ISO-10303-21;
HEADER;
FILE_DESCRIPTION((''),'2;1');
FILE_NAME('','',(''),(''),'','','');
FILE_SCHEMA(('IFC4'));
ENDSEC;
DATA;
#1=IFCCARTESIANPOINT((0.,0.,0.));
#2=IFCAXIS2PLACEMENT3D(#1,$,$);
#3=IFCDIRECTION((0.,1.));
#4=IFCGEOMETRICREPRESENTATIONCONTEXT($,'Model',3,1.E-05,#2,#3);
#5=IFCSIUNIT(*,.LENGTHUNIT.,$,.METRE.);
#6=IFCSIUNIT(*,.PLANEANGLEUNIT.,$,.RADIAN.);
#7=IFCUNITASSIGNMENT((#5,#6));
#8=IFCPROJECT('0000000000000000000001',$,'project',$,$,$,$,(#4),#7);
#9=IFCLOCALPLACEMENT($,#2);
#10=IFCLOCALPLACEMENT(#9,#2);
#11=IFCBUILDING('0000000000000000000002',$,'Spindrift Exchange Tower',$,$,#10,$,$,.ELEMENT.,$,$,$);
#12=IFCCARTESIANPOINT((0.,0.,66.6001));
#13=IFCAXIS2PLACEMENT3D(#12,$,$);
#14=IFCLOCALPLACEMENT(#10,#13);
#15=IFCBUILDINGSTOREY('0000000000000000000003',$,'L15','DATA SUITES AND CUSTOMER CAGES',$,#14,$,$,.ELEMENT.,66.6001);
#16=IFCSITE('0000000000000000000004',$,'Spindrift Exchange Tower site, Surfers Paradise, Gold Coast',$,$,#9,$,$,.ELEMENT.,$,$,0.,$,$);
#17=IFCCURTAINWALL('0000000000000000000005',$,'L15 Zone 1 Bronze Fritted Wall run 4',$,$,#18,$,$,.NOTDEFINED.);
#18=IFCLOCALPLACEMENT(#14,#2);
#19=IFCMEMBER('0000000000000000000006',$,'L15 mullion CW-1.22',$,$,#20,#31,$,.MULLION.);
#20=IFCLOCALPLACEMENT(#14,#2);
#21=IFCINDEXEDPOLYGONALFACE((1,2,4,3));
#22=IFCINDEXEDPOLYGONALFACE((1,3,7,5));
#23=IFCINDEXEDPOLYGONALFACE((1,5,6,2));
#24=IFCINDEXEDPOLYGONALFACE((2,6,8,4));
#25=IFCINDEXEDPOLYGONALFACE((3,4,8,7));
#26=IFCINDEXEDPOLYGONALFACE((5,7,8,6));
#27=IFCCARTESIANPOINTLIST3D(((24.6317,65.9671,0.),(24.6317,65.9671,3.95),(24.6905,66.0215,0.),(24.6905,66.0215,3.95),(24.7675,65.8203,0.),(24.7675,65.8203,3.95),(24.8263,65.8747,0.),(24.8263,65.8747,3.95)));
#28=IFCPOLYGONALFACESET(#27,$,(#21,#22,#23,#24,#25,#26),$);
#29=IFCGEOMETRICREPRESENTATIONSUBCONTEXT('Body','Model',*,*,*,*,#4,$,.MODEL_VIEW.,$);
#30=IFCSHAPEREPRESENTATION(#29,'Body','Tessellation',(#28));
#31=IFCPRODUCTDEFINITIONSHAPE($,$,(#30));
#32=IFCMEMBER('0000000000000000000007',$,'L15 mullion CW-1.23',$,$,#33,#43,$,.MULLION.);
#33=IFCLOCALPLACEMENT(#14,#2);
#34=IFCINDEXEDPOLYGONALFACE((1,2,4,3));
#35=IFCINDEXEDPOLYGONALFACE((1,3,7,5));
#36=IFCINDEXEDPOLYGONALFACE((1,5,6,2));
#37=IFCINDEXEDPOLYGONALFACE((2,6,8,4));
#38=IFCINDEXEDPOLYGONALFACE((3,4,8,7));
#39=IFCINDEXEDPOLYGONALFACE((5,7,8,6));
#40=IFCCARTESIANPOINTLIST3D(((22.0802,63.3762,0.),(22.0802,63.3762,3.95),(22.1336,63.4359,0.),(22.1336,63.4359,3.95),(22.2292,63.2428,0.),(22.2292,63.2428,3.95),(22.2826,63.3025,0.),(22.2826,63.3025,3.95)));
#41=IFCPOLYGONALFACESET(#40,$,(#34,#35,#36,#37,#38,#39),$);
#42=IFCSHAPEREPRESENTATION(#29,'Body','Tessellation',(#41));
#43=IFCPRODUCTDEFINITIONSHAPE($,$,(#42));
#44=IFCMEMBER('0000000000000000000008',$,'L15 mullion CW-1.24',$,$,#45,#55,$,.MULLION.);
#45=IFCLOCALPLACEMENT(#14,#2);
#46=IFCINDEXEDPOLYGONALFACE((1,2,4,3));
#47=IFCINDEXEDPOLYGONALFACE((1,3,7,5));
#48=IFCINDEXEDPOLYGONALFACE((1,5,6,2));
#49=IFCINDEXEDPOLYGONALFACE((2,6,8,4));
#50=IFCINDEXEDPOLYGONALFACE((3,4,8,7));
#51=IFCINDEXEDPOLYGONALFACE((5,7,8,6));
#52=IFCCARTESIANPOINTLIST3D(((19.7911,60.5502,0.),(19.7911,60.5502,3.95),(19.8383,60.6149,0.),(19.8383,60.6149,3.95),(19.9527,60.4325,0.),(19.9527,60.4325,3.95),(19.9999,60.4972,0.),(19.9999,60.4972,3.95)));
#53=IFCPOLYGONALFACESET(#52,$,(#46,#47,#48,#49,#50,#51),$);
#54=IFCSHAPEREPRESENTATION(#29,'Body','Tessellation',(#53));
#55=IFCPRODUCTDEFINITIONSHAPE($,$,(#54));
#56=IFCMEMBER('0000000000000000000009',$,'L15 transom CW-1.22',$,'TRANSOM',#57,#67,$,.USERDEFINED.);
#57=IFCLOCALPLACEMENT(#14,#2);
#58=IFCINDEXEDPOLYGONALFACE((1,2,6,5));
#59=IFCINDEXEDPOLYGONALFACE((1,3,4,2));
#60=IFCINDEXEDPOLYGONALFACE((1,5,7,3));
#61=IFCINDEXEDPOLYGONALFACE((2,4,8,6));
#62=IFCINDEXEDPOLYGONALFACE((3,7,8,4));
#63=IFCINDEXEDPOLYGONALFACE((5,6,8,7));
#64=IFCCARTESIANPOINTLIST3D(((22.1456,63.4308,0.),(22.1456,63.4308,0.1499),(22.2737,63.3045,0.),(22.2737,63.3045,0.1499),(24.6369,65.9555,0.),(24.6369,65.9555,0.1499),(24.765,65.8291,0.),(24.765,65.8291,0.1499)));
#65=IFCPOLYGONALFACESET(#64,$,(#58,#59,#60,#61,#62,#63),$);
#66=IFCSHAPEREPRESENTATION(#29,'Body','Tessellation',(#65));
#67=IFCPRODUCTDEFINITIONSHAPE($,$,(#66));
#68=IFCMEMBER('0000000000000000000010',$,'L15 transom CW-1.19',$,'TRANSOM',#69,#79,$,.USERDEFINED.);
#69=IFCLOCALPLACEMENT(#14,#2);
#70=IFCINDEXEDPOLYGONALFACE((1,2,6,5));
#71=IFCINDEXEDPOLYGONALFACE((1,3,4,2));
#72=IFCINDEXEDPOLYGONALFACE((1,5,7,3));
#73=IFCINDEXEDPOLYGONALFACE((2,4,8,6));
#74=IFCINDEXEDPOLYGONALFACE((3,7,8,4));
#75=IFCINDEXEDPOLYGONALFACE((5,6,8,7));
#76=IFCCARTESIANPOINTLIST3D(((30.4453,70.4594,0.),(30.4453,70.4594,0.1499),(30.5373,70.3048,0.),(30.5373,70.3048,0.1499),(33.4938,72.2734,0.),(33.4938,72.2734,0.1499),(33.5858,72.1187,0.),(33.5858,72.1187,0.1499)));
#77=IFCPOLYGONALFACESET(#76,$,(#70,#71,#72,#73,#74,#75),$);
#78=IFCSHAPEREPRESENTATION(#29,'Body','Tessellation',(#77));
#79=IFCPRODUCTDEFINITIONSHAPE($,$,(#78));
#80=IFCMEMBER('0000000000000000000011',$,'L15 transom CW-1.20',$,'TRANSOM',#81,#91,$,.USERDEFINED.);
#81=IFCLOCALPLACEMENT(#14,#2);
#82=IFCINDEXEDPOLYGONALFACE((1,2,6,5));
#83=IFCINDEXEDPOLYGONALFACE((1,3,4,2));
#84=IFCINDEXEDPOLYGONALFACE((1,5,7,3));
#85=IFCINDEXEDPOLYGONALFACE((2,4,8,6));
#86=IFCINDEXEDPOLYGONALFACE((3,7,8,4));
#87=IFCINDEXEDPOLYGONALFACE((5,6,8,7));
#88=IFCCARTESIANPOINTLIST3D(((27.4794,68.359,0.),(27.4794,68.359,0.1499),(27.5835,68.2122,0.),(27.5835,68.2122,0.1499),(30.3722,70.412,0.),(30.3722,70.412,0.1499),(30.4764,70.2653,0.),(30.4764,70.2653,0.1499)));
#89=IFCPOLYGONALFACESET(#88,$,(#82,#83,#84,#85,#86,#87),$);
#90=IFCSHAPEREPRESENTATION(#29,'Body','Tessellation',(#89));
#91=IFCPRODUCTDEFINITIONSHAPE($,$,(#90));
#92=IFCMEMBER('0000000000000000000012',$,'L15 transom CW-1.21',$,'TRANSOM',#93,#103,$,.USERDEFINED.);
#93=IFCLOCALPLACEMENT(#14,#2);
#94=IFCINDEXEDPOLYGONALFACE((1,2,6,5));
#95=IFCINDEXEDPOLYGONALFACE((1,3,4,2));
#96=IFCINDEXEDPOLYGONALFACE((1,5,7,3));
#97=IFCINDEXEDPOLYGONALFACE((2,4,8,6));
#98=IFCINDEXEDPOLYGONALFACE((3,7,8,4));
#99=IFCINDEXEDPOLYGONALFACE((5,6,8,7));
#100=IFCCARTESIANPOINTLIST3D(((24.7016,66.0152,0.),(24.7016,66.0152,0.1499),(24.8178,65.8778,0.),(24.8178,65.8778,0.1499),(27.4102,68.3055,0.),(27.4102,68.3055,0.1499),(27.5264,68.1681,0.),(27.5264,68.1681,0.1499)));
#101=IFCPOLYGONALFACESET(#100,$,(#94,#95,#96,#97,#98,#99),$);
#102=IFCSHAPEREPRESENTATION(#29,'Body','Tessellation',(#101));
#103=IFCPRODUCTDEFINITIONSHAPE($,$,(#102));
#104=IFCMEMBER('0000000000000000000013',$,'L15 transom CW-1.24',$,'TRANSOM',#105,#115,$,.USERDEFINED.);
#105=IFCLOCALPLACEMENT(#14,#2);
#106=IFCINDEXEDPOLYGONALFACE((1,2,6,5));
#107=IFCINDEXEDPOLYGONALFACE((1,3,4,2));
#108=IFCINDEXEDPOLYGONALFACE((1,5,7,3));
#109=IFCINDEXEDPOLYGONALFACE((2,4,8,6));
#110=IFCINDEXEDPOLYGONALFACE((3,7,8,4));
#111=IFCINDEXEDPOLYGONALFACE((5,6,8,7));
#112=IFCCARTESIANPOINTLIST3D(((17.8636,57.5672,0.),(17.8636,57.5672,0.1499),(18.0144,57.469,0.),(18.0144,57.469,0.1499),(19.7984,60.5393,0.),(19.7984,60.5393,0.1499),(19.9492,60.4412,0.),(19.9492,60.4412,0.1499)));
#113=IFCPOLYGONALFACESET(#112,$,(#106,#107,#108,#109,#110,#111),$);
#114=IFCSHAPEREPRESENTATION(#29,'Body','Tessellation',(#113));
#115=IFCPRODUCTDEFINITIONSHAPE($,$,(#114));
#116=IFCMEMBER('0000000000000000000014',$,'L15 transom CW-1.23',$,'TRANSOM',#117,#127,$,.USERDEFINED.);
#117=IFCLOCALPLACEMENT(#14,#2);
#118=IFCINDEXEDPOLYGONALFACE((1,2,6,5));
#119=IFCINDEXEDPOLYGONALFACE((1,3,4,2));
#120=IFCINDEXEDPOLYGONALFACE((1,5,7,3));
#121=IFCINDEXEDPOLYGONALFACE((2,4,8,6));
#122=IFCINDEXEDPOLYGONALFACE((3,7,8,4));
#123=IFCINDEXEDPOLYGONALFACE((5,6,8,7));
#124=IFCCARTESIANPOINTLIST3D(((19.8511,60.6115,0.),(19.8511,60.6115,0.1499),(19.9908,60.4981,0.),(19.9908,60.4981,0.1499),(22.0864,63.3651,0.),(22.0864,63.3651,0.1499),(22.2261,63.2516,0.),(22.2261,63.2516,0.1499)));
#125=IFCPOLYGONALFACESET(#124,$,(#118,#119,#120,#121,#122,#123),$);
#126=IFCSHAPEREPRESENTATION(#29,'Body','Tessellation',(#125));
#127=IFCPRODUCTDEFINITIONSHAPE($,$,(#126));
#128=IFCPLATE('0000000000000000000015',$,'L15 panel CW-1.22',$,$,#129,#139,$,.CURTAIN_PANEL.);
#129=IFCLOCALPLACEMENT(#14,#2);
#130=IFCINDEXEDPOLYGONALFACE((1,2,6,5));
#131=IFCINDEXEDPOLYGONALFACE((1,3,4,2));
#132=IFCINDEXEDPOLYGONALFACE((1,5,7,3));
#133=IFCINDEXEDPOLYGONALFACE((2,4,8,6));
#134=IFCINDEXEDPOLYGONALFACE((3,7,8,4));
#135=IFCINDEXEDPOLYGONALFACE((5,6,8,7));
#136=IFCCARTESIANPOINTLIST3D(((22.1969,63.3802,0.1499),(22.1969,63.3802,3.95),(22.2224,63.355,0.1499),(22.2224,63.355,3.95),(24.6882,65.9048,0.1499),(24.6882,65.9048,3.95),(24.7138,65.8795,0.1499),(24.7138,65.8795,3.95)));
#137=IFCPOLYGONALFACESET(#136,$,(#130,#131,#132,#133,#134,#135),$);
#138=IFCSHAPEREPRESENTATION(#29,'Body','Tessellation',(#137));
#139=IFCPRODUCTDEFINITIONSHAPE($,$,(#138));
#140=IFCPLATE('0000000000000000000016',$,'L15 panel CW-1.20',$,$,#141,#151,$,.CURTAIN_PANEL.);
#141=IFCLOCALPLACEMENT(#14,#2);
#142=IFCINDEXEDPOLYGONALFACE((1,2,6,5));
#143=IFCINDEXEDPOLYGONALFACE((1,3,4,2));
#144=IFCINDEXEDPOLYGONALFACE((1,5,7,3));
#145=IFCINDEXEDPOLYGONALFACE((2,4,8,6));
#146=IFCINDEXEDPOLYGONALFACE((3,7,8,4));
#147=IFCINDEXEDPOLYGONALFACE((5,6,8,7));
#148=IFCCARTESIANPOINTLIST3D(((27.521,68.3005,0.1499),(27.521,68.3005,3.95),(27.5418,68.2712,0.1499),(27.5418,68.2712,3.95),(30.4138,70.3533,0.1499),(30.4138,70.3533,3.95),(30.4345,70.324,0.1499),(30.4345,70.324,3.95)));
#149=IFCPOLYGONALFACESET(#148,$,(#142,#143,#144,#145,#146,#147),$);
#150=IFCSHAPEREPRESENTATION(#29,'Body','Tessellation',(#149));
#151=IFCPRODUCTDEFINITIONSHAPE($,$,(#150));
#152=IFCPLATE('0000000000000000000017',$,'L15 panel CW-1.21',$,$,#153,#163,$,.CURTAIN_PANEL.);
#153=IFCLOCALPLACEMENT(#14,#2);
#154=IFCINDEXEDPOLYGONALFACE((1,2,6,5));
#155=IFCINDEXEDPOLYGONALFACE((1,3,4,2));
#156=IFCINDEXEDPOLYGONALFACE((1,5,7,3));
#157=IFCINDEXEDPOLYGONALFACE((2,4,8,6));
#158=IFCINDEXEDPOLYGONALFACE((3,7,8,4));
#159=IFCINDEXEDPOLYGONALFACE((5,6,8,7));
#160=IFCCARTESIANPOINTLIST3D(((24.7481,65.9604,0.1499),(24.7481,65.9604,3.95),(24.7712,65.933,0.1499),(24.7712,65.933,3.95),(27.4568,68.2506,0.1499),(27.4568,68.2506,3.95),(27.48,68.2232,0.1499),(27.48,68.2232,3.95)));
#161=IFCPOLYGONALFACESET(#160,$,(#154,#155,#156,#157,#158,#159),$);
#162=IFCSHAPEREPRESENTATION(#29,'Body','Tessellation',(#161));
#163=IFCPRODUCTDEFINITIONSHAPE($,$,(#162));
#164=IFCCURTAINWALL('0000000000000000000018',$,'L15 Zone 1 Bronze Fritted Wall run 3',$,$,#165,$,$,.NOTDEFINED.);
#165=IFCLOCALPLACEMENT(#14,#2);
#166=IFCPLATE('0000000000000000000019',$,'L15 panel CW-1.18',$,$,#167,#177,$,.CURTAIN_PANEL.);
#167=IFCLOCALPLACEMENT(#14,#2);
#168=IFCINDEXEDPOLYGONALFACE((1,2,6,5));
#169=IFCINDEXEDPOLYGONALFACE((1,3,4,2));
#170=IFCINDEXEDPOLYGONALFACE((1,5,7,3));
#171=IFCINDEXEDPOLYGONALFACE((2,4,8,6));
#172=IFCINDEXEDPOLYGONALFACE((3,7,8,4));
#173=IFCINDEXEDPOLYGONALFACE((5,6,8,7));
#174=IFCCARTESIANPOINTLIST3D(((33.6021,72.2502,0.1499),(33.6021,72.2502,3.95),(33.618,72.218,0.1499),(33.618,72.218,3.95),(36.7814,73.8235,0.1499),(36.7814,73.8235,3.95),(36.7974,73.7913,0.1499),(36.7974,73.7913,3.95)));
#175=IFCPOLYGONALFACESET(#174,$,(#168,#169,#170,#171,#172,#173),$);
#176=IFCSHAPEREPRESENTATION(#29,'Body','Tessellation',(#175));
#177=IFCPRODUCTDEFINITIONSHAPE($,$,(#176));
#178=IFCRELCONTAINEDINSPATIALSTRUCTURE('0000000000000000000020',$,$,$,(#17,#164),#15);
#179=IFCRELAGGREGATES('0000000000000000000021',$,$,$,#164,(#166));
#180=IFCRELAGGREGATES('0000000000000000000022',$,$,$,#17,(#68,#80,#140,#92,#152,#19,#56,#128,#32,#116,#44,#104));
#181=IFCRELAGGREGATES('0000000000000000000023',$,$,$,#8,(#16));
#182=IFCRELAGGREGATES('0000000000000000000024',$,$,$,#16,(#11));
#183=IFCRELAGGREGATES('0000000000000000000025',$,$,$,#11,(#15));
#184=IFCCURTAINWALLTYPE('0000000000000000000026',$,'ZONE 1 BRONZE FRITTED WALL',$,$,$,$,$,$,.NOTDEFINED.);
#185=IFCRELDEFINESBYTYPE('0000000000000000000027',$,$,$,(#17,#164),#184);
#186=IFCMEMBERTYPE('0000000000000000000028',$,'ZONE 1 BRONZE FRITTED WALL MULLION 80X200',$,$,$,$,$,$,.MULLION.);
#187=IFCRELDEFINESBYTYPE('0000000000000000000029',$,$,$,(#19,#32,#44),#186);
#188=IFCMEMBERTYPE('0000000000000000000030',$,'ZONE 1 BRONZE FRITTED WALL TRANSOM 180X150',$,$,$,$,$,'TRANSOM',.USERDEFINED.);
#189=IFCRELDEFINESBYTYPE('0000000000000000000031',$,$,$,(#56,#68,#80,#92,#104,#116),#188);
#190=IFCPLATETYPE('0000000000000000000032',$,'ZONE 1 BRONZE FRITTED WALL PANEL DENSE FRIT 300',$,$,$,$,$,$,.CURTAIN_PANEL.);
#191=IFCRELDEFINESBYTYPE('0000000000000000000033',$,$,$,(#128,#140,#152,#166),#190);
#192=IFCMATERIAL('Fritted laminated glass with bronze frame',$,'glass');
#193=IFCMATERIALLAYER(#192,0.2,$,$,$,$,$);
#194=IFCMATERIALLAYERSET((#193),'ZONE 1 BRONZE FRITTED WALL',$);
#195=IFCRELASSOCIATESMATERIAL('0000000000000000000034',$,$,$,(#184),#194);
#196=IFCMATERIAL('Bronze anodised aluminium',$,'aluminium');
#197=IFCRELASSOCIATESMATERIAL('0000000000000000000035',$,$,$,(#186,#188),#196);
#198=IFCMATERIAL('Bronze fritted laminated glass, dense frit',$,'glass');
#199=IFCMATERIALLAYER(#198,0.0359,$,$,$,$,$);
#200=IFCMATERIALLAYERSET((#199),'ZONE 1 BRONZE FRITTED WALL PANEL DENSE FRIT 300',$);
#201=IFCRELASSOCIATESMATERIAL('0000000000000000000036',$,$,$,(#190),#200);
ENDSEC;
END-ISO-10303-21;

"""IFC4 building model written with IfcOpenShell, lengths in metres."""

from ifc_helpers import new_model, si_unit, direction, frame, origin, origin_2d, place, context, subcontext, project, spatial, rectangle, extrude, source, transform, mapped, material, layer, layer_set, material_profile, profile_set, type_object, element, aggregate, save


model = new_model("IFC4")

# Units and contexts
model_context = context("Model", 3, precision=1e-05, world=origin(), true_north=direction((0.0, 1.0)))
body_context = subcontext(model_context, "Body", "Model", "MODEL_VIEW")
ifc_project = project(units=[si_unit("LENGTHUNIT", "METRE"), si_unit("PLANEANGLEUNIT", "RADIAN")], contexts=[model_context])

# Site, building, storey
site_placement = place(None, origin())
site = spatial("IfcSite", under=ifc_project, at=site_placement, Name="Spindrift Exchange Tower site, Surfers Paradise, Gold Coast", CompositionType="ELEMENT", RefElevation=0.0)
building_placement = place(site_placement, origin())
building = spatial("IfcBuilding", under=site, at=building_placement, Name="Spindrift Exchange Tower", CompositionType="ELEMENT")
storey_placement = place(building_placement, frame((0.0, 0.0, 66.6001)))
storey = spatial("IfcBuildingStorey", under=building, at=storey_placement, Name="L15", Description="DATA SUITES AND CUSTOMER CAGES", CompositionType="ELEMENT", Elevation=66.6001)

# Curtain wall, members, plates
ifc_material_1 = material(Name="Fritted laminated glass with bronze frame", Category="glass")
ifc_layer_1 = layer(ifc_material_1, 0.2)
ifc_layer_set_1 = layer_set([ifc_layer_1], Name="ZONE 1 BRONZE FRITTED WALL")
curtain_wall_type = type_object("IfcCurtainWallType", Name="ZONE 1 BRONZE FRITTED WALL", PredefinedType="NOTDEFINED", material=ifc_layer_set_1)
curtain_wall_1_placement = place(storey_placement, origin())
curtain_wall_1 = element("IfcCurtainWall", 1, at=curtain_wall_1_placement, inside=storey, type_object=curtain_wall_type, Name="L15 Zone 1 Bronze Fritted Wall run 4", PredefinedType="NOTDEFINED")
ifc_material_2 = material(Name="Bronze anodised aluminium", Category="aluminium")
ifc_material_profile_1 = material_profile(ifc_material_2, rectangle(XDim=0.0801, YDim=0.2, at=origin_2d()), Name="ZONE 1 BRONZE FRITTED WALL MULLION 80X200")
ifc_profile_set_1 = profile_set([ifc_material_profile_1], Name="Bronze anodised aluminium")
member_type_1 = type_object("IfcMemberType", Name="ZONE 1 BRONZE FRITTED WALL MULLION 80X200", PredefinedType="MULLION", material=ifc_profile_set_1)
shared_shape_1 = source(origin(), body_context, "Body", "SweptSolid", [
    extrude(rectangle(XDim=0.0801, YDim=0.2, at=origin_2d()), origin(), (0.0, 0.0, 1.0), 3.95),
])
member_1_placement = place(storey_placement, frame((24.729, 65.9209, 0.0), z_axis=(0.0, 0.0, 1.0), x_axis=(-0.733775, -0.679393, 0.0)))
member_1 = element("IfcMember", 2, at=member_1_placement, type_object=member_type_1, Name="L15 mullion CW-1.22", PredefinedType="MULLION", context=body_context, shape_type="MappedRepresentation", body=[
    mapped(shared_shape_1, transform((0.0, 0.0, 0.0), scale=1.0)),
])
member_2_placement = place(storey_placement, frame((22.1814, 63.3394, 0.0), z_axis=(0.0, 0.0, 1.0), x_axis=(-0.66714, -0.744932, 0.0)))
member_2 = element("IfcMember", 3, at=member_2_placement, type_object=member_type_1, Name="L15 mullion CW-1.23", PredefinedType="MULLION", context=body_context, shape_type="MappedRepresentation", body=[
    mapped(shared_shape_1, transform((0.0, 0.0, 0.0), scale=1.0)),
])
member_3_placement = place(storey_placement, frame((19.8955, 60.5237, 0.0), z_axis=(0.0, 0.0, 1.0), x_axis=(-0.588735, -0.808326, 0.0)))
member_3 = element("IfcMember", 4, at=member_3_placement, type_object=member_type_1, Name="L15 mullion CW-1.24", PredefinedType="MULLION", context=body_context, shape_type="MappedRepresentation", body=[
    mapped(shared_shape_1, transform((0.0, 0.0, 0.0), scale=1.0)),
])
ifc_material_profile_2 = material_profile(ifc_material_2, rectangle(XDim=0.1799, YDim=0.1499, at=origin_2d()), Name="ZONE 1 BRONZE FRITTED WALL TRANSOM 180X150")
ifc_profile_set_2 = profile_set([ifc_material_profile_2], Name="Bronze anodised aluminium")
member_type_2 = type_object("IfcMemberType", Name="ZONE 1 BRONZE FRITTED WALL TRANSOM 180X150", ElementType="TRANSOM", PredefinedType="USERDEFINED", material=ifc_profile_set_2)
shared_shape_2 = source(origin(), body_context, "Body", "SweptSolid", [
    extrude(rectangle(XDim=0.1799, YDim=0.1499, at=origin_2d()), origin(), (0.0, 0.0, 1.0), 3.5469),
])
member_4_placement = place(storey_placement, frame((24.7009, 65.8923, 0.075), z_axis=(-0.702376, -0.711806, 0.0), x_axis=(0.711806, -0.702376, 0.0)))
member_4 = element("IfcMember", 5, at=member_4_placement, type_object=member_type_2, Name="L15 transom CW-1.22", ObjectType="TRANSOM", PredefinedType="USERDEFINED", context=body_context, shape_type="MappedRepresentation", body=[
    mapped(shared_shape_2, transform((0.0, 0.0, 0.0), scale=1.0)),
])
shared_shape_3 = source(origin(), body_context, "Body", "SweptSolid", [
    extrude(rectangle(XDim=0.1799, YDim=0.1499, at=origin_2d()), origin(), (0.0, 0.0, 1.0), 3.5474),
])
member_5_placement = place(storey_placement, frame((33.5398, 72.196, 0.075), z_axis=(-0.859376, -0.511345, 0.0), x_axis=(0.511345, -0.859376, 0.0)))
member_5 = element("IfcMember", 6, at=member_5_placement, type_object=member_type_2, Name="L15 transom CW-1.19", ObjectType="TRANSOM", PredefinedType="USERDEFINED", context=body_context, shape_type="MappedRepresentation", body=[
    mapped(shared_shape_3, transform((0.0, 0.0, 0.0), scale=1.0)),
])
member_6_placement = place(storey_placement, frame((30.4243, 70.3386, 0.075), z_axis=(-0.815506, -0.578748, 0.0), x_axis=(0.578748, -0.815506, 0.0)))
member_6 = element("IfcMember", 7, at=member_6_placement, type_object=member_type_2, Name="L15 transom CW-1.20", ObjectType="TRANSOM", PredefinedType="USERDEFINED", context=body_context, shape_type="MappedRepresentation", body=[
    mapped(shared_shape_3, transform((0.0, 0.0, 0.0), scale=1.0)),
])
shared_shape_4 = source(origin(), body_context, "Body", "SweptSolid", [
    extrude(rectangle(XDim=0.1799, YDim=0.1499, at=origin_2d()), origin(), (0.0, 0.0, 1.0), 3.5471),
])
member_7_placement = place(storey_placement, frame((27.4683, 68.2368, 0.075), z_axis=(-0.763598, -0.645692, 0.0), x_axis=(0.645692, -0.763598, 0.0)))
member_7 = element("IfcMember", 8, at=member_7_placement, type_object=member_type_2, Name="L15 transom CW-1.21", ObjectType="TRANSOM", PredefinedType="USERDEFINED", context=body_context, shape_type="MappedRepresentation", body=[
    mapped(shared_shape_4, transform((0.0, 0.0, 0.0), scale=1.0)),
])
shared_shape_5 = source(origin(), body_context, "Body", "SweptSolid", [
    extrude(rectangle(XDim=0.1799, YDim=0.1499, at=origin_2d()), origin(), (0.0, 0.0, 1.0), 3.5464),
])
member_8_placement = place(storey_placement, frame((19.8738, 60.4902, 0.075), z_axis=(-0.545564, -0.838069, 0.0), x_axis=(0.838069, -0.545564, 0.0)))
member_8 = element("IfcMember", 9, at=member_8_placement, type_object=member_type_2, Name="L15 transom CW-1.24", ObjectType="TRANSOM", PredefinedType="USERDEFINED", context=body_context, shape_type="MappedRepresentation", body=[
    mapped(shared_shape_5, transform((0.0, 0.0, 0.0), scale=1.0)),
])
shared_shape_6 = source(origin(), body_context, "Body", "SweptSolid", [
    extrude(rectangle(XDim=0.1799, YDim=0.1499, at=origin_2d()), origin(), (0.0, 0.0, 1.0), 3.5466),
])
member_9_placement = place(storey_placement, frame((22.1562, 63.3083, 0.075), z_axis=(-0.630253, -0.77639, 0.0), x_axis=(0.77639, -0.630253, 0.0)))
member_9 = element("IfcMember", 10, at=member_9_placement, type_object=member_type_2, Name="L15 transom CW-1.23", ObjectType="TRANSOM", PredefinedType="USERDEFINED", context=body_context, shape_type="MappedRepresentation", body=[
    mapped(shared_shape_6, transform((0.0, 0.0, 0.0), scale=1.0)),
])
ifc_material_3 = material(Name="Bronze fritted laminated glass, dense frit", Category="glass")
ifc_layer_2 = layer(ifc_material_3, 0.0359)
ifc_layer_set_2 = layer_set([ifc_layer_2], Name="ZONE 1 BRONZE FRITTED WALL PANEL DENSE FRIT 300")
plate_type_1 = type_object("IfcPlateType", Name="ZONE 1 BRONZE FRITTED WALL PANEL DENSE FRIT 300", PredefinedType="CURTAIN_PANEL", material=ifc_layer_set_2)
shared_shape_7 = source(origin(), body_context, "Body", "SweptSolid", [
    extrude(rectangle(XDim=3.5469, YDim=0.0359, at=origin_2d()), origin(), (0.0, 0.0, 1.0), 3.8),
])
plate_1_placement = place(storey_placement, frame((23.4553, 64.6299, 0.1499), z_axis=(0.0, 0.0, 1.0), x_axis=(-0.702418, -0.711765, 0.0)))
plate_1 = element("IfcPlate", 11, at=plate_1_placement, type_object=plate_type_1, Name="L15 panel CW-1.22", PredefinedType="CURTAIN_PANEL", context=body_context, shape_type="MappedRepresentation", body=[
    mapped(shared_shape_7, transform((0.0, 0.0, 0.0), scale=1.0)),
])
shared_shape_8 = source(origin(), body_context, "Body", "SweptSolid", [
    extrude(rectangle(XDim=3.5471, YDim=0.0359, at=origin_2d()), origin(), (0.0, 0.0, 1.0), 3.8),
])
plate_2_placement = place(storey_placement, frame((28.9778, 69.3123, 0.1499), z_axis=(0.0, 0.0, 1.0), x_axis=(-0.815524, -0.578723, 0.0)))
plate_2 = element("IfcPlate", 12, at=plate_2_placement, type_object=plate_type_1, Name="L15 panel CW-1.20", PredefinedType="CURTAIN_PANEL", context=body_context, shape_type="MappedRepresentation", body=[
    mapped(shared_shape_8, transform((0.0, 0.0, 0.0), scale=1.0)),
])
plate_3_placement = place(storey_placement, frame((26.114, 67.0918, 0.1499), z_axis=(0.0, 0.0, 1.0), x_axis=(-0.763642, -0.64564, 0.0)))
plate_3 = element("IfcPlate", 13, at=plate_3_placement, type_object=plate_type_1, Name="L15 panel CW-1.21", PredefinedType="CURTAIN_PANEL", context=body_context, shape_type="MappedRepresentation", body=[
    mapped(shared_shape_8, transform((0.0, 0.0, 0.0), scale=1.0)),
])

# Curtain wall, plate
curtain_wall_2_placement = place(storey_placement, origin())
curtain_wall_2 = element("IfcCurtainWall", 14, at=curtain_wall_2_placement, inside=storey, type_object=curtain_wall_type, Name="L15 Zone 1 Bronze Fritted Wall run 3", PredefinedType="NOTDEFINED")
shared_shape_9 = source(origin(), body_context, "Body", "SweptSolid", [
    extrude(rectangle(XDim=3.5474, YDim=0.0359, at=origin_2d()), origin(), (0.0, 0.0, 1.0), 3.8),
])
plate_4_placement = place(storey_placement, frame((35.1997, 73.0208, 0.1499), z_axis=(0.0, 0.0, 1.0), x_axis=(-0.896267, -0.443516, 0.0)))
plate_4 = element("IfcPlate", 15, at=plate_4_placement, type_object=plate_type_1, Name="L15 panel CW-1.18", PredefinedType="CURTAIN_PANEL", context=body_context, shape_type="MappedRepresentation", body=[
    mapped(shared_shape_9, transform((0.0, 0.0, 0.0), scale=1.0)),
])
aggregate(curtain_wall_2, [plate_4])

aggregate(curtain_wall_1, [member_5, member_6, plate_2, member_7, plate_3, member_1, member_4, plate_1, member_2, member_9, member_3, member_8])

save(model, "model.ifc")
